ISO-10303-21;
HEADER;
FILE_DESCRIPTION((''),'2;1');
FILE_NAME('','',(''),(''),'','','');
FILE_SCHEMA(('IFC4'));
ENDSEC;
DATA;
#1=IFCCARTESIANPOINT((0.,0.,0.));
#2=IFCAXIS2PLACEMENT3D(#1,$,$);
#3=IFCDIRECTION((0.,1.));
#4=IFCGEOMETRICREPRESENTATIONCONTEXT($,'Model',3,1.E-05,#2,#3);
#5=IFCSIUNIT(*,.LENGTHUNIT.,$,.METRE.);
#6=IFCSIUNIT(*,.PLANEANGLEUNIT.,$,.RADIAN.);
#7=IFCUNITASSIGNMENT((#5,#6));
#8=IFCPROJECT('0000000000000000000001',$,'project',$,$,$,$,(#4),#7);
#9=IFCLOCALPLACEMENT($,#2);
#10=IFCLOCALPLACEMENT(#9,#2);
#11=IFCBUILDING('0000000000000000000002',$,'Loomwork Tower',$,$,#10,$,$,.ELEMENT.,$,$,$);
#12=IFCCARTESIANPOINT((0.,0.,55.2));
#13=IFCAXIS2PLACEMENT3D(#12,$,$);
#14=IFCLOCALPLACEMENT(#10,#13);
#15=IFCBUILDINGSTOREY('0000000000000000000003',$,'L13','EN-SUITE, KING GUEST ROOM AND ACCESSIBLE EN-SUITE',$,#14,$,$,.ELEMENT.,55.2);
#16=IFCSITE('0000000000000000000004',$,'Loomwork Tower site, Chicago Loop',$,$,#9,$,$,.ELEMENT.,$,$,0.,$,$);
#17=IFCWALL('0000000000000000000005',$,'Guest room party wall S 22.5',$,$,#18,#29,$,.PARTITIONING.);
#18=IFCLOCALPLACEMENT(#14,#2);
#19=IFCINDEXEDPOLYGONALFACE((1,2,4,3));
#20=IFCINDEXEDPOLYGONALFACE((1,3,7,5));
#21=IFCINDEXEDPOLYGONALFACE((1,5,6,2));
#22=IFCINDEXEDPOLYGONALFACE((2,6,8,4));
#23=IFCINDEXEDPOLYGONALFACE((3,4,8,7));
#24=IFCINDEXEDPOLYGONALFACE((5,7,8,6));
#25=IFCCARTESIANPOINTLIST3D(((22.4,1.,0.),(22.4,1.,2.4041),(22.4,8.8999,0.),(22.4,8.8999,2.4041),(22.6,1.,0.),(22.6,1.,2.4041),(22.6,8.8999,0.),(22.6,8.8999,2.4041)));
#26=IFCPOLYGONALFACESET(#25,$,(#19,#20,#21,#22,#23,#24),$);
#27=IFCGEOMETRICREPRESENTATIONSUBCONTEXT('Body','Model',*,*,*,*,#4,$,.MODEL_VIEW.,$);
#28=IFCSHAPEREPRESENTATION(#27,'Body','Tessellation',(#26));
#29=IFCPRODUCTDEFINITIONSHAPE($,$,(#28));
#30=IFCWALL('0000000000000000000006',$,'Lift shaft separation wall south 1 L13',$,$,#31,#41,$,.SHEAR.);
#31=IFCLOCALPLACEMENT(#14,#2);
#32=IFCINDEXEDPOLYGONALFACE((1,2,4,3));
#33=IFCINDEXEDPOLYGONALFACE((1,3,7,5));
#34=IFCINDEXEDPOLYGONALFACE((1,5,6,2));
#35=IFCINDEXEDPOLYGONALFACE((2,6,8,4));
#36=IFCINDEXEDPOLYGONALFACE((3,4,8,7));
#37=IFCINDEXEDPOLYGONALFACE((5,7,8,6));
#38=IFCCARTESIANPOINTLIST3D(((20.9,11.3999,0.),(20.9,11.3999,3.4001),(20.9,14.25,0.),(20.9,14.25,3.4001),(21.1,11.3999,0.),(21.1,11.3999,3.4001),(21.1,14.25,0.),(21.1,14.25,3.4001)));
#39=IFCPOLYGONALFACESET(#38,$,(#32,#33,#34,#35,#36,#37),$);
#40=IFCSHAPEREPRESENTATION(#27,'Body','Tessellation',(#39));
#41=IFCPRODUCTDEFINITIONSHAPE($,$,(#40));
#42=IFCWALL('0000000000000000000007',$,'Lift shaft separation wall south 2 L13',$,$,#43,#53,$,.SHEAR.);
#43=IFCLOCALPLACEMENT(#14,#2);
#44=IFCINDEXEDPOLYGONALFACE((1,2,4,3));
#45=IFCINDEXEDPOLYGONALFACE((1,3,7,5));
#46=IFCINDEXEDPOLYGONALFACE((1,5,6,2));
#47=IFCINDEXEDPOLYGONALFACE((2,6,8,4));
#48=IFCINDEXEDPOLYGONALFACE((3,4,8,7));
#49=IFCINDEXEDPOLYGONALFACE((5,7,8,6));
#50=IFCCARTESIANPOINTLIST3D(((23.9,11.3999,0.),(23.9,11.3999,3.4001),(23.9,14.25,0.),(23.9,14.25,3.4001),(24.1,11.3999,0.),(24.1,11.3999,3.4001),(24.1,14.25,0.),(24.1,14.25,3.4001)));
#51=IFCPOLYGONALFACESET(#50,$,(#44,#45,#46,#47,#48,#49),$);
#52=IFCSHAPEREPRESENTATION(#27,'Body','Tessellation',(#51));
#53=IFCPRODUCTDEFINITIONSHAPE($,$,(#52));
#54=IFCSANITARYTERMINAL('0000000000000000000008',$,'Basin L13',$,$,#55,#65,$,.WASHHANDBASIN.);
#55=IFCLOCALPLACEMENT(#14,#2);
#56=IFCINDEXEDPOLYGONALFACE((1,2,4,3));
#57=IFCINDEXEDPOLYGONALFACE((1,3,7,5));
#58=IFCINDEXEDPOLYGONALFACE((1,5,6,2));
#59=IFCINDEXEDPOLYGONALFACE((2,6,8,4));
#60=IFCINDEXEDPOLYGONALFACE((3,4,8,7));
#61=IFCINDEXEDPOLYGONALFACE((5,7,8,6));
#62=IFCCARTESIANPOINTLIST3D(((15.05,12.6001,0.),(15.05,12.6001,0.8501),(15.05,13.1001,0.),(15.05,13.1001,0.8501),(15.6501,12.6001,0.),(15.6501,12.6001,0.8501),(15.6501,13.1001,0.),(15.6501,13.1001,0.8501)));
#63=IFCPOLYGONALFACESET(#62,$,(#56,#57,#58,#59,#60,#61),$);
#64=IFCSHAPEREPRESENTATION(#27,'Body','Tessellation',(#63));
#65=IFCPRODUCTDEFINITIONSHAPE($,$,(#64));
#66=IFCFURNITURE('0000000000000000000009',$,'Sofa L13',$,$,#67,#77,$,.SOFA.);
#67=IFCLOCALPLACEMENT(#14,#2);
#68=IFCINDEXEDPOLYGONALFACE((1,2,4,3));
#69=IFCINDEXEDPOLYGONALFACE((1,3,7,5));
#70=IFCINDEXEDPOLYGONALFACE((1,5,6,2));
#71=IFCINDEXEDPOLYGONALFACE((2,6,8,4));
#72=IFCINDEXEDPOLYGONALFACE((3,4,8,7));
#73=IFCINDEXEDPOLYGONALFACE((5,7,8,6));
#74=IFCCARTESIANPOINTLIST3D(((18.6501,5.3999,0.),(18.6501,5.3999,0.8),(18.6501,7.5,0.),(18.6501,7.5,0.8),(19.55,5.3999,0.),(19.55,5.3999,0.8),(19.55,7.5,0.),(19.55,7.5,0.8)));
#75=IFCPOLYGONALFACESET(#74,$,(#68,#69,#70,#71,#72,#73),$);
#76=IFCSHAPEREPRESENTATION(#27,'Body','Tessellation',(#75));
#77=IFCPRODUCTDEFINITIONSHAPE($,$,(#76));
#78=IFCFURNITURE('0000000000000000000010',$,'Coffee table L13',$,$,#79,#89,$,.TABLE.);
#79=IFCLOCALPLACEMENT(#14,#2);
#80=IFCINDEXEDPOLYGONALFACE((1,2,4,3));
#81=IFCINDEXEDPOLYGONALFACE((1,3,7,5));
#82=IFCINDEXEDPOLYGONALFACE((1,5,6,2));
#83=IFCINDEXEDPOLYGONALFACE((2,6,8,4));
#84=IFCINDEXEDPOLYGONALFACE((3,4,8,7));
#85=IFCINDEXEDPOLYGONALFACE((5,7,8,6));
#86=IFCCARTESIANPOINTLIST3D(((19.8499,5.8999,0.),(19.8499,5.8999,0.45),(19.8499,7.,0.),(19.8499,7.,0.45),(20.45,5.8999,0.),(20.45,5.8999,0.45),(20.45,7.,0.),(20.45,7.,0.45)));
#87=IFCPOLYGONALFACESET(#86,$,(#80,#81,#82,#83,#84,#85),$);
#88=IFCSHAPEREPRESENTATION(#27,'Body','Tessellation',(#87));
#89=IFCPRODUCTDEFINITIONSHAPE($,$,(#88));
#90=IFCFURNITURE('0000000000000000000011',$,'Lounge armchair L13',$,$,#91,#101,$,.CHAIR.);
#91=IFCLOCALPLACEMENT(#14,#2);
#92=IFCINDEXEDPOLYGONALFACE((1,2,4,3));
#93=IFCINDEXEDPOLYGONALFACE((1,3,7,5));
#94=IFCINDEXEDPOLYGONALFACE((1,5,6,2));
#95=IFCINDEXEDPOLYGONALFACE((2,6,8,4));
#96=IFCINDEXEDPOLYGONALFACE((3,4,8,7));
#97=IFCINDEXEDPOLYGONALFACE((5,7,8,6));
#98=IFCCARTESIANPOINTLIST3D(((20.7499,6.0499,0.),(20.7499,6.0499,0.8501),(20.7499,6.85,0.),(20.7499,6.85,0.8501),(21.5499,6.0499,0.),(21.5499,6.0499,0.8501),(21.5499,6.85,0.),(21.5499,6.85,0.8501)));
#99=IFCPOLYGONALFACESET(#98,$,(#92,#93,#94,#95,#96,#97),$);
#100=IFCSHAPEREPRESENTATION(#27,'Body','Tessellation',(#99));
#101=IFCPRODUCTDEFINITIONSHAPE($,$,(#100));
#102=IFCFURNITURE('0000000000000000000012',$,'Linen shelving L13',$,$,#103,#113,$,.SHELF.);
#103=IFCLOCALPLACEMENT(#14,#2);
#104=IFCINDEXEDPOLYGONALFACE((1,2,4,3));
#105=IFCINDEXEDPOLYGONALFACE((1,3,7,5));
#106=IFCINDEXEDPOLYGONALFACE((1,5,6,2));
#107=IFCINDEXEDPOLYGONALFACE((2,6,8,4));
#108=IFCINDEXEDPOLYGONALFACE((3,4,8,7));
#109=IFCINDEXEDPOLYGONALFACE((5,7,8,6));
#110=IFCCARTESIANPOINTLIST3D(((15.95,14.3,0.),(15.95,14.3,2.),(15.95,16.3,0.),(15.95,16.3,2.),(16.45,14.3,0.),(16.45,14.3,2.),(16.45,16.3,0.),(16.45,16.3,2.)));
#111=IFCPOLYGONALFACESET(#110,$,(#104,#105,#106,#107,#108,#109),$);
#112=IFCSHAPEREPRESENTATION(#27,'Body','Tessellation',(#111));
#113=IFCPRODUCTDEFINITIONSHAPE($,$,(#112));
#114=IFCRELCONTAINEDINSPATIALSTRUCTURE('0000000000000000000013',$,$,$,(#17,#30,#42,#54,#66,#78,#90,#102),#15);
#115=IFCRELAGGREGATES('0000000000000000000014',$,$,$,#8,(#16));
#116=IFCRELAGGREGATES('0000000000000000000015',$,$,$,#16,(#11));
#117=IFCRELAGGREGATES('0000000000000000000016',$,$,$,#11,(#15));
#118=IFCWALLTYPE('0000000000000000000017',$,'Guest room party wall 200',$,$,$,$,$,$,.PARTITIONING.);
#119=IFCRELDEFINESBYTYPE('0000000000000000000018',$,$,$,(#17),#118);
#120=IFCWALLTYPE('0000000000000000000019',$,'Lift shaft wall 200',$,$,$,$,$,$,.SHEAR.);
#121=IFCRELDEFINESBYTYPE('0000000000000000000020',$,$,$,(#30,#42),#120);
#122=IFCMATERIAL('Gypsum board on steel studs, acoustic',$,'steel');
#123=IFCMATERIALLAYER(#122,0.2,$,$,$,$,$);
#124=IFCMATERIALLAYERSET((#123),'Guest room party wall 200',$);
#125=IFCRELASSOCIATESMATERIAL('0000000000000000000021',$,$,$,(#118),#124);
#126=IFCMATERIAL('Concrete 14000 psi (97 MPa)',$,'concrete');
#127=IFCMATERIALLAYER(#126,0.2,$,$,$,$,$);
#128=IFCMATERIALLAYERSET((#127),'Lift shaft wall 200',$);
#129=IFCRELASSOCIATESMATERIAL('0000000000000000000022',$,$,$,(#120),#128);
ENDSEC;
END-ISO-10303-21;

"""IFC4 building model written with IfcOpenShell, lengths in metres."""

from ifc_helpers import new_model, si_unit, direction, frame, frame_2d, origin, origin_2d, place, context, subcontext, project, spatial, rectangle, extrude, material, layer, layer_set, type_object, element, save


model = new_model("IFC4")

# Units and contexts
model_context = context("Model", 3, precision=1e-05, world=origin(), true_north=direction((0.0, 1.0)))
body_context = subcontext(model_context, "Body", "Model", "MODEL_VIEW")
ifc_project = project(units=[si_unit("LENGTHUNIT", "METRE"), si_unit("PLANEANGLEUNIT", "RADIAN")], contexts=[model_context])

# Site, building, storey
site_placement = place(None, origin())
site = spatial("IfcSite", under=ifc_project, at=site_placement, Name="Loomwork Tower site, Chicago Loop", CompositionType="ELEMENT", RefElevation=0.0)
building_placement = place(site_placement, origin())
building = spatial("IfcBuilding", under=site, at=building_placement, Name="Loomwork Tower", CompositionType="ELEMENT")
storey_placement = place(building_placement, frame((0.0, 0.0, 55.2)))
storey = spatial("IfcBuildingStorey", under=building, at=storey_placement, Name="L13", Description="EN-SUITE, KING GUEST ROOM AND ACCESSIBLE EN-SUITE", CompositionType="ELEMENT", Elevation=55.2)

# Walls
ifc_material_1 = material(Name="Gypsum board on steel studs, acoustic", Category="steel")
ifc_layer_1 = layer(ifc_material_1, 0.2)
ifc_layer_set_1 = layer_set([ifc_layer_1], Name="Guest room party wall 200")
wall_type_1 = type_object("IfcWallType", Name="Guest room party wall 200", PredefinedType="PARTITIONING", material=ifc_layer_set_1)
wall_1_placement = place(storey_placement, frame((22.5, 8.8999, 0.0), z_axis=(0.0, 0.0, 1.0), x_axis=(0.0, -1.0, 0.0)))
element("IfcWall", 1, at=wall_1_placement, inside=storey, type_object=wall_type_1, Name="Guest room party wall S 22.5", PredefinedType="PARTITIONING", context=body_context, shape_type="SweptSolid", body=[
    extrude(rectangle(XDim=7.8999, YDim=0.2, at=frame_2d((3.95, 0.0))), origin(), (0.0, 0.0, 1.0), 2.4041),
])
ifc_material_2 = material(Name="Concrete 14000 psi (97 MPa)", Category="concrete")
ifc_layer_2 = layer(ifc_material_2, 0.2)
ifc_layer_set_2 = layer_set([ifc_layer_2], Name="Lift shaft wall 200")
wall_type_2 = type_object("IfcWallType", Name="Lift shaft wall 200", PredefinedType="SHEAR", material=ifc_layer_set_2)
for number, where, z_axis, x_axis, name in (
    (2, (21.0, 11.3999, 0.0), (0.0, 0.0, 1.0), (0.0, 1.0, 0.0), "Lift shaft separation wall south 1 L13"),
    (3, (24.0, 11.3999, 0.0), (0.0, 0.0, 1.0), (0.0, 1.0, 0.0), "Lift shaft separation wall south 2 L13"),
):
    element("IfcWall", number, at=place(storey_placement, frame(where, z_axis=z_axis, x_axis=x_axis)), inside=storey, type_object=wall_type_2, Name=name, PredefinedType="SHEAR", context=body_context, shape_type="SweptSolid", body=[
        extrude(rectangle(XDim=2.8501, YDim=0.2, at=frame_2d((1.425, 0.0))), origin(), (0.0, 0.0, 1.0), 3.4001),
    ])

# Sanitary terminal
sanitary_terminal_placement = place(storey_placement, frame((15.3501, 12.8501, 0.0), z_axis=(0.0, 0.0, 1.0), x_axis=(1.0, 0.0, 0.0)))
element("IfcSanitaryTerminal", 4, at=sanitary_terminal_placement, inside=storey, Name="Basin L13", PredefinedType="WASHHANDBASIN", context=body_context, shape_type="SweptSolid", body=[
    extrude(rectangle(XDim=0.6001, YDim=0.5, at=origin_2d()), origin(), (0.0, 0.0, 1.0), 0.8501),
])

# Furniture
furniture_1_placement = place(storey_placement, frame((19.1001, 6.45, 0.0), z_axis=(0.0, 0.0, 1.0), x_axis=(1.0, 0.0, 0.0)))
element("IfcFurniture", 5, at=furniture_1_placement, inside=storey, Name="Sofa L13", PredefinedType="SOFA", context=body_context, shape_type="SweptSolid", body=[
    extrude(rectangle(XDim=0.8999, YDim=2.1001, at=origin_2d()), origin(), (0.0, 0.0, 1.0), 0.8),
])
furniture_2_placement = place(storey_placement, frame((20.1499, 6.45, 0.0), z_axis=(0.0, 0.0, 1.0), x_axis=(1.0, 0.0, 0.0)))
element("IfcFurniture", 6, at=furniture_2_placement, inside=storey, Name="Coffee table L13", PredefinedType="TABLE", context=body_context, shape_type="SweptSolid", body=[
    extrude(rectangle(XDim=0.6001, YDim=1.1001, at=origin_2d()), origin(), (0.0, 0.0, 1.0), 0.45),
])
furniture_3_placement = place(storey_placement, frame((21.1499, 6.45, 0.0), z_axis=(0.0, 0.0, 1.0), x_axis=(1.0, 0.0, 0.0)))
element("IfcFurniture", 7, at=furniture_3_placement, inside=storey, Name="Lounge armchair L13", PredefinedType="CHAIR", context=body_context, shape_type="SweptSolid", body=[
    extrude(rectangle(XDim=0.8, YDim=0.8, at=origin_2d()), origin(), (0.0, 0.0, 1.0), 0.8501),
])
furniture_4_placement = place(storey_placement, frame((16.2, 15.3, 0.0), z_axis=(0.0, 0.0, 1.0), x_axis=(1.0, 0.0, 0.0)))
element("IfcFurniture", 8, at=furniture_4_placement, inside=storey, Name="Linen shelving L13", PredefinedType="SHELF", context=body_context, shape_type="SweptSolid", body=[
    extrude(rectangle(XDim=0.5, YDim=2.0, at=origin_2d()), origin(), (0.0, 0.0, 1.0), 2.0),
])

save(model, "model.ifc")
